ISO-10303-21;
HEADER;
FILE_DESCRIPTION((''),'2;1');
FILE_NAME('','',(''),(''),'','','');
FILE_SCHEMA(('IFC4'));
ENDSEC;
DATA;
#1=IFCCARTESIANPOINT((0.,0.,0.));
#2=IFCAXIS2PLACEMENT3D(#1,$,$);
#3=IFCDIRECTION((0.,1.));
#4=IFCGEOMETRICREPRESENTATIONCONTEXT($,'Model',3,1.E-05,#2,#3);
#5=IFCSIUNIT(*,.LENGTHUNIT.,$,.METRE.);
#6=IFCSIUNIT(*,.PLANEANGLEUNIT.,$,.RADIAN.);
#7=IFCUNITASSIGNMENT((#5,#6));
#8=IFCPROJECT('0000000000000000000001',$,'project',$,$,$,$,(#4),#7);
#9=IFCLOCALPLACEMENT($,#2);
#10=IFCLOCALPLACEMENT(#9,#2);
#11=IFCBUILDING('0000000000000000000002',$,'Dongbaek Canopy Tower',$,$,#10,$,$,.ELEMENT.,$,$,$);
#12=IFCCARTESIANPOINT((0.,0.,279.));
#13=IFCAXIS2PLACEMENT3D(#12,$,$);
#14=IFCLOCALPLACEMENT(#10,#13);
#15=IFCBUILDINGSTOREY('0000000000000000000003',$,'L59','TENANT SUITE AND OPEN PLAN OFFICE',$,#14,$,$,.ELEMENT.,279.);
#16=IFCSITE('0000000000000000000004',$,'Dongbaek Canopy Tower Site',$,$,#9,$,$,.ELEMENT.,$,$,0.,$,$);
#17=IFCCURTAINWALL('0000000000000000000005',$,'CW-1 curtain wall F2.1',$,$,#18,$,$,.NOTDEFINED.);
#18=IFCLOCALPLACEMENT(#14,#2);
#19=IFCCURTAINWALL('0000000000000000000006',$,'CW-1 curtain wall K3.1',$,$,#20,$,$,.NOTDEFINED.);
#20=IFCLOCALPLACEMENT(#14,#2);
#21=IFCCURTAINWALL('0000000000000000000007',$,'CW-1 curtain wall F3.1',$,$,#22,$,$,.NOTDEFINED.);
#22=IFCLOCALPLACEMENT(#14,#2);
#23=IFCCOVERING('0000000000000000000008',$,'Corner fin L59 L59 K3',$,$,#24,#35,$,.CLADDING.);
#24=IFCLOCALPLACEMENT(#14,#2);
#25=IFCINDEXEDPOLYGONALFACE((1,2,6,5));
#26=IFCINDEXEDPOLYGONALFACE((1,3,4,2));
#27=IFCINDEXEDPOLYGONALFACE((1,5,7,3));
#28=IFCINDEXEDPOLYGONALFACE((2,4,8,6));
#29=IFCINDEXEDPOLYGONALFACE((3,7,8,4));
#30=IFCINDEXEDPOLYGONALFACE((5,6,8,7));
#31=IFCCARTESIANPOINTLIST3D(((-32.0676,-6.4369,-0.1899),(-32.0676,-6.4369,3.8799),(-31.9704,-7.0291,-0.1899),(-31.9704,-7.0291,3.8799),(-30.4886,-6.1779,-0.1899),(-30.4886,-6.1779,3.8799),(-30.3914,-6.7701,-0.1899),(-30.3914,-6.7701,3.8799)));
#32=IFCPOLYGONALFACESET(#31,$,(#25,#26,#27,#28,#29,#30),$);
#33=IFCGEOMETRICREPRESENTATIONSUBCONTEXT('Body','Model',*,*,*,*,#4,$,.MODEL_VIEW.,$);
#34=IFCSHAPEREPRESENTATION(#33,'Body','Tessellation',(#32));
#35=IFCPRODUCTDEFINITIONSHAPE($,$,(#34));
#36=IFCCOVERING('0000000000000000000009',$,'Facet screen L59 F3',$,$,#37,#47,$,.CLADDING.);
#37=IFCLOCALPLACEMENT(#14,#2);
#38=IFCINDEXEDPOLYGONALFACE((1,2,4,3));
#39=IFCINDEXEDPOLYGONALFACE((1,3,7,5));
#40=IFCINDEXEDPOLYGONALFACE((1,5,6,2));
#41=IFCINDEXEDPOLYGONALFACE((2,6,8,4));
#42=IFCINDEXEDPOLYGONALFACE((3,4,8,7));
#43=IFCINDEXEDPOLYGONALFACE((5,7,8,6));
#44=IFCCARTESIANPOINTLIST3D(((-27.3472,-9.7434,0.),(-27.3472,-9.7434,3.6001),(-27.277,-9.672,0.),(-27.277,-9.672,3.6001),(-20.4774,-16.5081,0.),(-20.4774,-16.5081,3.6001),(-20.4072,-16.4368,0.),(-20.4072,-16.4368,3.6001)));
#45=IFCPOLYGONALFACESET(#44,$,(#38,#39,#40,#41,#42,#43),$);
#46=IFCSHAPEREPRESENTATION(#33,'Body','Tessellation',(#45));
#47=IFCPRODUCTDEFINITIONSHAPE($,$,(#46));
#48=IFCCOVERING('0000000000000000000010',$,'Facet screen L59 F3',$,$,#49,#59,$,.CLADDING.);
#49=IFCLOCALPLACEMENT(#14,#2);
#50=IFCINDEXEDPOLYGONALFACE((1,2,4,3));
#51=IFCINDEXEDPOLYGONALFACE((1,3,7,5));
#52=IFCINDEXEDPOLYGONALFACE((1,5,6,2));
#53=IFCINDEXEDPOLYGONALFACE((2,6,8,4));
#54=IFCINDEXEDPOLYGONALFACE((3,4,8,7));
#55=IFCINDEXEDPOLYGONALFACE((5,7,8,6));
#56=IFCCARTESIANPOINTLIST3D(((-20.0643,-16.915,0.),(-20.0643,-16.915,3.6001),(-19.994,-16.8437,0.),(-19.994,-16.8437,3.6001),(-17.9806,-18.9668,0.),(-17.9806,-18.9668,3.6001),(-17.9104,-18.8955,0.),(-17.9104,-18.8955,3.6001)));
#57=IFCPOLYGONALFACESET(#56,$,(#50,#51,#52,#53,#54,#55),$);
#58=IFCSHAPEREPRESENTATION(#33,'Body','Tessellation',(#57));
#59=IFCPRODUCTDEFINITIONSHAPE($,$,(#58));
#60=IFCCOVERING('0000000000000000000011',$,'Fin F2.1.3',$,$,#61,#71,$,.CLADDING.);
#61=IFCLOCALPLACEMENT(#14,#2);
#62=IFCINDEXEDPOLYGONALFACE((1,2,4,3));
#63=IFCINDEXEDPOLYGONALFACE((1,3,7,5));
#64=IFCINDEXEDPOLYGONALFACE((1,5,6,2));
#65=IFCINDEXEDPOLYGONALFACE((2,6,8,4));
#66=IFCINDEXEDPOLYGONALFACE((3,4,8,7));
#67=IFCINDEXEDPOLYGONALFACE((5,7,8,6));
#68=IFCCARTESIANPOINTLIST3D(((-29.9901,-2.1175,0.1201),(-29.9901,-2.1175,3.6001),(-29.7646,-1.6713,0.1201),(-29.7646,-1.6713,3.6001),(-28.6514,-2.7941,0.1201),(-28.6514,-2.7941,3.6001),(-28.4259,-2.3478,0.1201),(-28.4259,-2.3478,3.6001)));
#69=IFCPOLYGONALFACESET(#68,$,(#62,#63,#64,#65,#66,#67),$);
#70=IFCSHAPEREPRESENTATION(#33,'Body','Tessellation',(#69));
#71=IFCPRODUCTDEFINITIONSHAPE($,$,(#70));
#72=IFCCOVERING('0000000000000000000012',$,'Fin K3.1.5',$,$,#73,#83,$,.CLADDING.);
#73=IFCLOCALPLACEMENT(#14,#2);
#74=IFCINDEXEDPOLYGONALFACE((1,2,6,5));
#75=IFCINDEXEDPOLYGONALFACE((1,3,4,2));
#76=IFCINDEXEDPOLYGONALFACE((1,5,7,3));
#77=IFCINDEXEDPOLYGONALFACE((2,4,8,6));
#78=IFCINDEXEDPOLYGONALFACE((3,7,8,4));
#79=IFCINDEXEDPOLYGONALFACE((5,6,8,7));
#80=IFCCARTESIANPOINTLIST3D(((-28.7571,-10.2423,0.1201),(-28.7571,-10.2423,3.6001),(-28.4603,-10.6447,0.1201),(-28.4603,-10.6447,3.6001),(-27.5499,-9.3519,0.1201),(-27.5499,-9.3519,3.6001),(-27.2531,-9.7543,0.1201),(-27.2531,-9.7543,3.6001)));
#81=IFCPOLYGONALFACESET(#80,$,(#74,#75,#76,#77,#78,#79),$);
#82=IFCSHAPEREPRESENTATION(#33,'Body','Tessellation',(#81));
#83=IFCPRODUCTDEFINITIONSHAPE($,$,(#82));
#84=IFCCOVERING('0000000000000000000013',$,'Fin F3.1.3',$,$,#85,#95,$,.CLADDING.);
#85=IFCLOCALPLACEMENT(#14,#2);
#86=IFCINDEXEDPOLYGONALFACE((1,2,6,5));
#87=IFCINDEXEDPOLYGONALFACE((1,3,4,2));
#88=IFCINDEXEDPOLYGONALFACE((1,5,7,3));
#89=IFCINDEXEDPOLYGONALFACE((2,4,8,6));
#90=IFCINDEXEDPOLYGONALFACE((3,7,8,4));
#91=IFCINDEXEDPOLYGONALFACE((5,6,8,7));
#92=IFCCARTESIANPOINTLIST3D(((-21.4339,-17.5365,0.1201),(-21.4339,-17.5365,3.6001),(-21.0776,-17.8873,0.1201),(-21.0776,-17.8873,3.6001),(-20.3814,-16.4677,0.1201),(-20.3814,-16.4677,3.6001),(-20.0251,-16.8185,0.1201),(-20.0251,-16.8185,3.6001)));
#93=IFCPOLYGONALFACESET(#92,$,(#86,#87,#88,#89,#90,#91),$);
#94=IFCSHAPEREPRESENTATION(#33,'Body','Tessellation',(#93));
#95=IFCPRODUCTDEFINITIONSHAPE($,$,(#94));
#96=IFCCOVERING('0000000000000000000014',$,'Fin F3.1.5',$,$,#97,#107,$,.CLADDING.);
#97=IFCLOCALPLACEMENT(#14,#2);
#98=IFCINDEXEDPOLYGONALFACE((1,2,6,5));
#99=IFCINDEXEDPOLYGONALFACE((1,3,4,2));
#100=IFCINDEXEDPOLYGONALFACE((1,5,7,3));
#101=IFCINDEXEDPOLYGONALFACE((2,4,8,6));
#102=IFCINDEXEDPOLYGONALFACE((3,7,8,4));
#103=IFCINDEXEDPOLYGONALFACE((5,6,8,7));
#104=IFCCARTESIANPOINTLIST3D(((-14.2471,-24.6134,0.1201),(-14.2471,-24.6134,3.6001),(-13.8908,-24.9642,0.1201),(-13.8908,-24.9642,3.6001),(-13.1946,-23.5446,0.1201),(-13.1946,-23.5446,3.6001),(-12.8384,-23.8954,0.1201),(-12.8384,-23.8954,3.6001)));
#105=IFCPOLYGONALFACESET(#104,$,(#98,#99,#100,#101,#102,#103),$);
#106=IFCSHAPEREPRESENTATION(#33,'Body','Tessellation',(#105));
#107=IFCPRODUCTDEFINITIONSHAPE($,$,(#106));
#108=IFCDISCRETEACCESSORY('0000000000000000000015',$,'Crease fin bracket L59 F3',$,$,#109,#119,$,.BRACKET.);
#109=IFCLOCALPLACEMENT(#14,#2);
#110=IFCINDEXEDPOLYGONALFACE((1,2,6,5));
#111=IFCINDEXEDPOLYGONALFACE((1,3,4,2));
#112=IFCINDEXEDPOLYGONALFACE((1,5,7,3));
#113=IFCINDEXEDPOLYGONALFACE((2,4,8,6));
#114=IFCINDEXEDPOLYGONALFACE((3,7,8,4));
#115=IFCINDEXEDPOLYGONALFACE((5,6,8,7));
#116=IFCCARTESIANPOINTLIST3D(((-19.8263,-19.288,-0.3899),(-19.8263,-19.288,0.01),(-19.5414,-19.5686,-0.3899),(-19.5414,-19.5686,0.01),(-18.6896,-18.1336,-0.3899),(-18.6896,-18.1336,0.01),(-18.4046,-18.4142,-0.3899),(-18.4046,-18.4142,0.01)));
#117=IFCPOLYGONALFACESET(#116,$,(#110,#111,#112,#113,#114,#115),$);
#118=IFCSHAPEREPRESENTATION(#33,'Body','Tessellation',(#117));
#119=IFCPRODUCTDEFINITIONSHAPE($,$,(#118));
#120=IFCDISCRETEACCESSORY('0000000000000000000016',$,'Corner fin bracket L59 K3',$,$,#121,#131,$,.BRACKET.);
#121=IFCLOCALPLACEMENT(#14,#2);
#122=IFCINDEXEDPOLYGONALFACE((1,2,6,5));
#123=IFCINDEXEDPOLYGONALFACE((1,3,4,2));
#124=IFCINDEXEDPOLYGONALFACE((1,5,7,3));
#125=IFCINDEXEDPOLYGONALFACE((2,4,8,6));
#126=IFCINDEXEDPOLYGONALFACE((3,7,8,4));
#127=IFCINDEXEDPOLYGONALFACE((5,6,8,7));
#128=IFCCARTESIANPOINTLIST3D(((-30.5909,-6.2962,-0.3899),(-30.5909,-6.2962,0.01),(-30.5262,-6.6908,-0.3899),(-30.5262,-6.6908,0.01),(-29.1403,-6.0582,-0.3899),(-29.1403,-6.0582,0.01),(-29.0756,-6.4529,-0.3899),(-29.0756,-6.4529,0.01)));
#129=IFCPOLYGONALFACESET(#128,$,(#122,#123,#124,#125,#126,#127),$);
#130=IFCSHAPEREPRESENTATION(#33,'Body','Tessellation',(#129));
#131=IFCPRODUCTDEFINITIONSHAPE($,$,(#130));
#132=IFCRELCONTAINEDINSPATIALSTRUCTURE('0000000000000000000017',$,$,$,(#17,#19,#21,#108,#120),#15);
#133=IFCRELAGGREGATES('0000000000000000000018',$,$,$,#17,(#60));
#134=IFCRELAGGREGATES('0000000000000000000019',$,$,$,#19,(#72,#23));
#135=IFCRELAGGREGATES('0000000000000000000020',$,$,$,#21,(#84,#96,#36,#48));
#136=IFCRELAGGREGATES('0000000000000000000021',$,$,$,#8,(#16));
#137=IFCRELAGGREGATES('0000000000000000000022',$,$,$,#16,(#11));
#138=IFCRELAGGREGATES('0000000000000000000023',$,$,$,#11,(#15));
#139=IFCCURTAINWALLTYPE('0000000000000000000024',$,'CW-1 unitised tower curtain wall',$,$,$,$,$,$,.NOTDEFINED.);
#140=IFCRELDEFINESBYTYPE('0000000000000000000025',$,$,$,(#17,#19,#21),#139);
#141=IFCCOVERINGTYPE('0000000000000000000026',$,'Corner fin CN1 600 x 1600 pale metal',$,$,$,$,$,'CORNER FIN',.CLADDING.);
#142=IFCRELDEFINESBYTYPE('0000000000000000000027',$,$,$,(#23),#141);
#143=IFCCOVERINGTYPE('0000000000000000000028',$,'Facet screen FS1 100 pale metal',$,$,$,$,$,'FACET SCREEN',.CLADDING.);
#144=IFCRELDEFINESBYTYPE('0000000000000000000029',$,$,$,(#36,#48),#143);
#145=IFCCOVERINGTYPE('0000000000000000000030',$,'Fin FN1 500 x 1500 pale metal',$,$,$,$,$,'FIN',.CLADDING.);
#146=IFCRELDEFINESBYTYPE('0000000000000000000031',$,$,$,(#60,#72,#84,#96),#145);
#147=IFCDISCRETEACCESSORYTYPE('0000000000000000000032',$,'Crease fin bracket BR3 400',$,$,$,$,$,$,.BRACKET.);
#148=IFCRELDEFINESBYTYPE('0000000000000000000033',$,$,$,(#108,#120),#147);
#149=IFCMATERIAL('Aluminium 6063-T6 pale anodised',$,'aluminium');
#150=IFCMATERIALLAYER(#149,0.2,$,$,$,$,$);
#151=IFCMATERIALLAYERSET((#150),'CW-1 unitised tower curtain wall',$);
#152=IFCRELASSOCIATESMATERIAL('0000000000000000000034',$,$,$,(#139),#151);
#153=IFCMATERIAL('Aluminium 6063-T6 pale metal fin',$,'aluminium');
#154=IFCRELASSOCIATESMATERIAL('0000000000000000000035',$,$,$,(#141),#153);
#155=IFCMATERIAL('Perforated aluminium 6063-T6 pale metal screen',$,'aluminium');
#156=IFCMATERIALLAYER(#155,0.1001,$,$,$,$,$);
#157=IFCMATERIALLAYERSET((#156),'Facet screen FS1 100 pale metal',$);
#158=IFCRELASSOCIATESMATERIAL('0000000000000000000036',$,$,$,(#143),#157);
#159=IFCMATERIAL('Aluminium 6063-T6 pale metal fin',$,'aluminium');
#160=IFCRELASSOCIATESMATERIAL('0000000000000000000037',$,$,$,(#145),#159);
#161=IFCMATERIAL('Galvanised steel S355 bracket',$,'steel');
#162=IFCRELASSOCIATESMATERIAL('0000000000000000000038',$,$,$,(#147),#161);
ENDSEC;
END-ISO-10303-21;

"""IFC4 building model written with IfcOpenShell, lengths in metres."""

from ifc_helpers import new_model, si_unit, direction, frame, origin, origin_2d, place, context, subcontext, project, spatial, rectangle, extrude, material, layer, layer_set, material_profile, profile_set, type_object, element, aggregate, save


model = new_model("IFC4")

# Units and contexts
model_context = context("Model", 3, precision=1e-05, world=origin(), true_north=direction((0.0, 1.0)))
body_context = subcontext(model_context, "Body", "Model", "MODEL_VIEW")
ifc_project = project(units=[si_unit("LENGTHUNIT", "METRE"), si_unit("PLANEANGLEUNIT", "RADIAN")], contexts=[model_context])

# Site, building, storey
site_placement = place(None, origin())
site = spatial("IfcSite", under=ifc_project, at=site_placement, Name="Dongbaek Canopy Tower Site", CompositionType="ELEMENT", RefElevation=0.0)
building_placement = place(site_placement, origin())
building = spatial("IfcBuilding", under=site, at=building_placement, Name="Dongbaek Canopy Tower", CompositionType="ELEMENT")
storey_placement = place(building_placement, frame((0.0, 0.0, 279.0)))
storey = spatial("IfcBuildingStorey", under=building, at=storey_placement, Name="L59", Description="TENANT SUITE AND OPEN PLAN OFFICE", CompositionType="ELEMENT", Elevation=279.0)

# Curtain wall
ifc_material_1 = material(Name="Aluminium 6063-T6 pale anodised", Category="aluminium")
ifc_layer_1 = layer(ifc_material_1, 0.2)
ifc_layer_set_1 = layer_set([ifc_layer_1], Name="CW-1 unitised tower curtain wall")
curtain_wall_type = type_object("IfcCurtainWallType", Name="CW-1 unitised tower curtain wall", PredefinedType="NOTDEFINED", material=ifc_layer_set_1)
curtain_wall_1_placement = place(storey_placement, origin())
curtain_wall_1 = element("IfcCurtainWall", 1, at=curtain_wall_1_placement, inside=storey, type_object=curtain_wall_type, Name="CW-1 curtain wall F2.1", PredefinedType="NOTDEFINED")

# Curtain walls
curtain_wall_2_placement = place(storey_placement, origin())
curtain_wall_2 = element("IfcCurtainWall", 2, at=curtain_wall_2_placement, inside=storey, type_object=curtain_wall_type, Name="CW-1 curtain wall K3.1", PredefinedType="NOTDEFINED")
curtain_wall_3_placement = place(storey_placement, origin())
curtain_wall_3 = element("IfcCurtainWall", 3, at=curtain_wall_3_placement, inside=storey, type_object=curtain_wall_type, Name="CW-1 curtain wall F3.1", PredefinedType="NOTDEFINED")

# Coverings
ifc_material_2 = material(Name="Aluminium 6063-T6 pale metal fin", Category="aluminium")
ifc_material_profile_1 = material_profile(ifc_material_2, rectangle(XDim=1.6001, YDim=0.6001, at=origin_2d()), Name="Corner fin CN1 600 x 1600 pale metal")
ifc_profile_set_1 = profile_set([ifc_material_profile_1], Name="Aluminium 6063-T6 pale metal fin")
covering_type_1 = type_object("IfcCoveringType", Name="Corner fin CN1 600 x 1600 pale metal", ElementType="CORNER FIN", PredefinedType="CLADDING", material=ifc_profile_set_1)
covering_1_placement = place(storey_placement, frame((-31.2295, -6.6035, -0.1899), z_axis=(0.0, 0.0, 1.0), x_axis=(-0.986813, -0.161866, 0.0)))
covering_1 = element("IfcCovering", 4, at=covering_1_placement, type_object=covering_type_1, Name="Corner fin L59 L59 K3", PredefinedType="CLADDING", context=body_context, shape_type="SweptSolid", body=[
    extrude(rectangle(XDim=1.6001, YDim=0.6001, at=origin_2d()), origin(), (0.0, 0.0, 1.0), 4.0698),
])
ifc_material_3 = material(Name="Perforated aluminium 6063-T6 pale metal screen", Category="aluminium")
ifc_layer_2 = layer(ifc_material_3, 0.1001)
ifc_layer_set_2 = layer_set([ifc_layer_2], Name="Facet screen FS1 100 pale metal")
covering_type_2 = type_object("IfcCoveringType", Name="Facet screen FS1 100 pale metal", ElementType="FACET SCREEN", PredefinedType="CLADDING", material=ifc_layer_set_2)
covering_2_placement = place(storey_placement, frame((-23.8772, -13.0901, 0.0), z_axis=(0.0, 0.0, 1.0), x_axis=(0.712532, -0.70164, 0.0)))
covering_2 = element("IfcCovering", 5, at=covering_2_placement, type_object=covering_type_2, Name="Facet screen L59 F3", PredefinedType="CLADDING", context=body_context, shape_type="SweptSolid", body=[
    extrude(rectangle(XDim=9.6414, YDim=0.1001, at=origin_2d()), origin(), (0.0, 0.0, 1.0), 3.6001),
])
covering_3_placement = place(storey_placement, frame((-18.9873, -17.9053, 0.0), z_axis=(0.0, 0.0, 1.0), x_axis=(0.712532, -0.70164, 0.0)))
covering_3 = element("IfcCovering", 6, at=covering_3_placement, type_object=covering_type_2, Name="Facet screen L59 F3", PredefinedType="CLADDING", context=body_context, shape_type="SweptSolid", body=[
    extrude(rectangle(XDim=2.9243, YDim=0.1001, at=origin_2d()), origin(), (0.0, 0.0, 1.0), 3.6001),
])
ifc_material_4 = material(Name="Aluminium 6063-T6 pale metal fin", Category="aluminium")
ifc_material_profile_2 = material_profile(ifc_material_4, rectangle(XDim=1.5, YDim=0.5, at=origin_2d()), Name="Fin FN1 500 x 1500 pale metal")
ifc_profile_set_2 = profile_set([ifc_material_profile_2], Name="Aluminium 6063-T6 pale metal fin")
covering_type_3 = type_object("IfcCoveringType", Name="Fin FN1 500 x 1500 pale metal", ElementType="FIN", PredefinedType="CLADDING", material=ifc_profile_set_2)
covering_4_placement = place(storey_placement, frame((-29.208, -2.2327, 0.1201), z_axis=(0.0, 0.0, 1.0), x_axis=(-0.8925, 0.451047, 0.0)))
covering_4 = element("IfcCovering", 7, at=covering_4_placement, type_object=covering_type_3, Name="Fin F2.1.3", PredefinedType="CLADDING", context=body_context, shape_type="SweptSolid", body=[
    extrude(rectangle(XDim=1.5, YDim=0.5, at=origin_2d()), origin(), (0.0, 0.0, 1.0), 3.48),
])
aggregate(curtain_wall_1, [covering_4])
covering_5_placement = place(storey_placement, frame((-28.0051, -9.9983, 0.1201), z_axis=(0.0, 0.0, 1.0), x_axis=(-0.804792, -0.593557, 0.0)))
covering_5 = element("IfcCovering", 8, at=covering_5_placement, type_object=covering_type_3, Name="Fin K3.1.5", PredefinedType="CLADDING", context=body_context, shape_type="SweptSolid", body=[
    extrude(rectangle(XDim=1.5, YDim=0.5, at=origin_2d()), origin(), (0.0, 0.0, 1.0), 3.48),
])
aggregate(curtain_wall_2, [covering_5, covering_1])
covering_6_placement = place(storey_placement, frame((-20.7295, -17.1775, 0.1201), z_axis=(0.0, 0.0, 1.0), x_axis=(-0.701639, -0.712532, 0.0)))
covering_6 = element("IfcCovering", 9, at=covering_6_placement, type_object=covering_type_3, Name="Fin F3.1.3", PredefinedType="CLADDING", context=body_context, shape_type="SweptSolid", body=[
    extrude(rectangle(XDim=1.5, YDim=0.5, at=origin_2d()), origin(), (0.0, 0.0, 1.0), 3.48),
])
covering_7_placement = place(storey_placement, frame((-13.5427, -24.2544, 0.1201), z_axis=(0.0, 0.0, 1.0), x_axis=(-0.701639, -0.712532, 0.0)))
covering_7 = element("IfcCovering", 10, at=covering_7_placement, type_object=covering_type_3, Name="Fin F3.1.5", PredefinedType="CLADDING", context=body_context, shape_type="SweptSolid", body=[
    extrude(rectangle(XDim=1.5, YDim=0.5, at=origin_2d()), origin(), (0.0, 0.0, 1.0), 3.48),
])
aggregate(curtain_wall_3, [covering_6, covering_7, covering_2, covering_3])

# Discrete accessories
ifc_material_5 = material(Name="Galvanised steel S355 bracket", Category="steel")
discrete_accessory_type = type_object("IfcDiscreteAccessoryType", Name="Crease fin bracket BR3 400", PredefinedType="BRACKET", material=ifc_material_5)
discrete_accessory_1_placement = place(storey_placement, frame((-19.1155, -18.8511, -0.3899), z_axis=(0.0, 0.0, 1.0), x_axis=(-0.70164, -0.712532, 0.0)))
element("IfcDiscreteAccessory", 11, at=discrete_accessory_1_placement, inside=storey, type_object=discrete_accessory_type, Name="Crease fin bracket L59 F3", PredefinedType="BRACKET", context=body_context, shape_type="SweptSolid", body=[
    extrude(rectangle(XDim=1.6201, YDim=0.3999, at=origin_2d()), origin(), (0.0, 0.0, 1.0), 0.3999),
])
discrete_accessory_2_placement = place(storey_placement, frame((-29.8333, -6.3745, -0.3899), z_axis=(0.0, 0.0, 1.0), x_axis=(-0.986813, -0.161866, 0.0)))
element("IfcDiscreteAccessory", 12, at=discrete_accessory_2_placement, inside=storey, type_object=discrete_accessory_type, Name="Corner fin bracket L59 K3", PredefinedType="BRACKET", context=body_context, shape_type="SweptSolid", body=[
    extrude(rectangle(XDim=1.47, YDim=0.3999, at=origin_2d()), origin(), (0.0, 0.0, 1.0), 0.3999),
])

save(model, "model.ifc")
